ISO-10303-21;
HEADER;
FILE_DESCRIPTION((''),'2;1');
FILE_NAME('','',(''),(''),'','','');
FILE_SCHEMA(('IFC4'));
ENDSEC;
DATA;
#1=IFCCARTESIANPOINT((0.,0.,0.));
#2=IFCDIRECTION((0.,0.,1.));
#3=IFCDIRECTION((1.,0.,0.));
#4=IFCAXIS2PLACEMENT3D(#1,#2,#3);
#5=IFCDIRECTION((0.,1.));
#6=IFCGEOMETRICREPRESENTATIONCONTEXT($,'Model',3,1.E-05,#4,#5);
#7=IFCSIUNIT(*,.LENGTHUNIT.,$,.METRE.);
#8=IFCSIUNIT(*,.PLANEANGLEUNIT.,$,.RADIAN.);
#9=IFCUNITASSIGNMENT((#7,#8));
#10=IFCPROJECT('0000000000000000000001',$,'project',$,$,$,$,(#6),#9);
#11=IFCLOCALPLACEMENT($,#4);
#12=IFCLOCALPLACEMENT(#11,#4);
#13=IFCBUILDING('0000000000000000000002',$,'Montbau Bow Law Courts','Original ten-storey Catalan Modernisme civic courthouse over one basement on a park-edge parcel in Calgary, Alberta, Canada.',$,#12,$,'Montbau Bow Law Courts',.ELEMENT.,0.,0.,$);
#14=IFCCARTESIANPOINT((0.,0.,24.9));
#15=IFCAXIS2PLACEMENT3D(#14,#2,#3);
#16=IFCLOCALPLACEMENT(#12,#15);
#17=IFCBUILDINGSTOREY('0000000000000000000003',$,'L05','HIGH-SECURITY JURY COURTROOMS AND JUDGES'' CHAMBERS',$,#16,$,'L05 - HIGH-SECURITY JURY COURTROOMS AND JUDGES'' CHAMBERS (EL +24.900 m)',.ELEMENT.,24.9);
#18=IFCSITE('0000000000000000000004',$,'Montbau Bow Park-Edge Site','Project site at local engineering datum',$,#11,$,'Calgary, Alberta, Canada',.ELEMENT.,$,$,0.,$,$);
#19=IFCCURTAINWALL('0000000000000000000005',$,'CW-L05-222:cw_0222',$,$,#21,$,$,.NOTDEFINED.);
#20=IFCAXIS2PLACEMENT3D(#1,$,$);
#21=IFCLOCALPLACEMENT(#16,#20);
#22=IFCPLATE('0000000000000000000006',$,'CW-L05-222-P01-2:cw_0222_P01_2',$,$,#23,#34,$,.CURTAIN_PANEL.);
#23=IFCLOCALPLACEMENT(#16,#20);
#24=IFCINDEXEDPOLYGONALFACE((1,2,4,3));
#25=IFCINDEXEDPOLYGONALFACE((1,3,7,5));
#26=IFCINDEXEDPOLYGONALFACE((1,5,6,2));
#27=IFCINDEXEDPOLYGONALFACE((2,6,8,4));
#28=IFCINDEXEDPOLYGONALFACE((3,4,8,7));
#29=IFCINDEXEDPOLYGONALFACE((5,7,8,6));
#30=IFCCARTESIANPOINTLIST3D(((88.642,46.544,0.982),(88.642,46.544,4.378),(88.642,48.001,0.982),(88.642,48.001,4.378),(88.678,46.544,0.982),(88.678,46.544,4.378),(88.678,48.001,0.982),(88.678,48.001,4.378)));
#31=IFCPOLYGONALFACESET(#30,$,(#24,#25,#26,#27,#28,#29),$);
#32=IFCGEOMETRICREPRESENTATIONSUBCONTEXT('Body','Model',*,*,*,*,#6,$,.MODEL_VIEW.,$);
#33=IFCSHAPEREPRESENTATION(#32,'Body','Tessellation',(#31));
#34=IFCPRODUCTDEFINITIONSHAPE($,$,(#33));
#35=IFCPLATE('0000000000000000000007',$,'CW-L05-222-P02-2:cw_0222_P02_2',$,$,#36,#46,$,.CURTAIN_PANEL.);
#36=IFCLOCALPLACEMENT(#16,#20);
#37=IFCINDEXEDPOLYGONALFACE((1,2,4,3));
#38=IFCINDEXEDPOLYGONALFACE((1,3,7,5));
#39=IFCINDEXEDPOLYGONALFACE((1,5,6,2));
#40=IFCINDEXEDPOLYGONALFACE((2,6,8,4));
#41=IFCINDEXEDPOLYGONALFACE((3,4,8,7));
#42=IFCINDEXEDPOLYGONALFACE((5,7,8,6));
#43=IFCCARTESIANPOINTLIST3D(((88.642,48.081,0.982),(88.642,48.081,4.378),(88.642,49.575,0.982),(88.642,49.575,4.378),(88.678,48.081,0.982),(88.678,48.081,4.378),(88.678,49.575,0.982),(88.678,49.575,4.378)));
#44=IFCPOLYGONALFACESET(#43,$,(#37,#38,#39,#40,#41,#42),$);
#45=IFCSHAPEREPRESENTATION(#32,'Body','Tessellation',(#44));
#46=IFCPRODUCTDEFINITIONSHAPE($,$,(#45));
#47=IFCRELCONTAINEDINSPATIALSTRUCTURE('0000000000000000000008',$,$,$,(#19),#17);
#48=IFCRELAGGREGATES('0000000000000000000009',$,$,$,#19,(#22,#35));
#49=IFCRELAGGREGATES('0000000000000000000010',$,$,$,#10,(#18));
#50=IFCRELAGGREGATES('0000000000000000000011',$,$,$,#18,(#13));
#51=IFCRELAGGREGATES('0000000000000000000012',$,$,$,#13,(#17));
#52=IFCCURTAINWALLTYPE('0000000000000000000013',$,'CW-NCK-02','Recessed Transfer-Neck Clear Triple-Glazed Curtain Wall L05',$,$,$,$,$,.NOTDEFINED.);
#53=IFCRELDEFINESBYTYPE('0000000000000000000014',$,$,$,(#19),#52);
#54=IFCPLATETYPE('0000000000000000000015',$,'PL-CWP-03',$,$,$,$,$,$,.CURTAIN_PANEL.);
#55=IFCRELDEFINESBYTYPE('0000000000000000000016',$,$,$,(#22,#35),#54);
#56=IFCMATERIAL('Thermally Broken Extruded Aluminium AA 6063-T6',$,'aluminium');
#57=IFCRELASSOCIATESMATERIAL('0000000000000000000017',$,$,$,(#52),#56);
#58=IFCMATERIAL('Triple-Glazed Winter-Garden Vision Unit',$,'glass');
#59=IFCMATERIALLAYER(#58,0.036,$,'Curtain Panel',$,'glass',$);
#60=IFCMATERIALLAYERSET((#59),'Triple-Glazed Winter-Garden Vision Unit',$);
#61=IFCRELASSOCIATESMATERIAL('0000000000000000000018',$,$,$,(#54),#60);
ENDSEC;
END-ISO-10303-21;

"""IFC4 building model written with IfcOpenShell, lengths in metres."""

from ifc_helpers import new_model, si_unit, direction, frame, frame_2d, origin_with_axes, place, context, subcontext, project, spatial, rectangle, extrude, material, layer, layer_set, type_object, element, aggregate, save


model = new_model("IFC4")

# Units and contexts
model_context = context("Model", 3, precision=1e-05, world=origin_with_axes(), true_north=direction((0.0, 1.0)))
body_context = subcontext(model_context, "Body", "Model", "MODEL_VIEW")
ifc_project = project(units=[si_unit("LENGTHUNIT", "METRE"), si_unit("PLANEANGLEUNIT", "RADIAN")], contexts=[model_context])

# Site, building, storey
site_placement = place(None, origin_with_axes())
site = spatial("IfcSite", under=ifc_project, at=site_placement, Name="Montbau Bow Park-Edge Site", Description="Project site at local engineering datum", LongName="Calgary, Alberta, Canada", CompositionType="ELEMENT", RefElevation=0.0)
building_placement = place(site_placement, origin_with_axes())
building = spatial("IfcBuilding", under=site, at=building_placement, Name="Montbau Bow Law Courts", Description="Original ten-storey Catalan Modernisme civic courthouse over one basement on a park-edge parcel in Calgary, Alberta, Canada.", LongName="Montbau Bow Law Courts", CompositionType="ELEMENT", ElevationOfRefHeight=0.0, ElevationOfTerrain=0.0)
storey_placement = place(building_placement, frame((0.0, 0.0, 24.9), z_axis=(0.0, 0.0, 1.0), x_axis=(1.0, 0.0, 0.0)))
storey = spatial("IfcBuildingStorey", under=building, at=storey_placement, Name="L05", Description="HIGH-SECURITY JURY COURTROOMS AND JUDGES' CHAMBERS", LongName="L05 - HIGH-SECURITY JURY COURTROOMS AND JUDGES' CHAMBERS (EL +24.900 m)", CompositionType="ELEMENT", Elevation=24.9)

# Curtain wall
ifc_material_1 = material(Name="Thermally Broken Extruded Aluminium AA 6063-T6", Category="aluminium")
curtain_wall_type = type_object("IfcCurtainWallType", Name="CW-NCK-02", Description="Recessed Transfer-Neck Clear Triple-Glazed Curtain Wall L05", PredefinedType="NOTDEFINED", material=ifc_material_1)
curtain_wall_1_placement = place(None, frame((88.66, 46.468, 24.9), z_axis=(0.0, 0.0, 1.0), x_axis=(1.0, 0.0, 0.0)))
curtain_wall_1 = element("IfcCurtainWall", 1, at=curtain_wall_1_placement, inside=storey, type_object=curtain_wall_type, Name="CW-L05-222:cw_0222", PredefinedType="NOTDEFINED")

# Plates
ifc_material_2 = material(Name="Triple-Glazed Winter-Garden Vision Unit", Category="glass")
ifc_layer_1 = layer(ifc_material_2, 0.036, Name="Curtain Panel", Category="glass")
ifc_layer_set_1 = layer_set([ifc_layer_1], Name="Triple-Glazed Winter-Garden Vision Unit")
plate_type_1 = type_object("IfcPlateType", Name="PL-CWP-03", PredefinedType="CURTAIN_PANEL", material=ifc_layer_set_1)
plate_1_placement = place(None, frame((88.66, 46.544, 25.882), z_axis=(1.0, 0.0, 0.0), x_axis=(0.0, 1.0, 0.0)))
plate_1 = element("IfcPlate", 2, at=plate_1_placement, type_object=plate_type_1, Name="CW-L05-222-P01-2:cw_0222_P01_2", PredefinedType="CURTAIN_PANEL", context=body_context, shape_type="SweptSolid", body=[
    extrude(rectangle(XDim=1.457, YDim=3.396, at=frame_2d((0.7285, 1.698), x_axis=(1.0, 0.0))), frame((0.0, 0.0, -0.018), z_axis=(0.0, 0.0, 1.0), x_axis=(1.0, 0.0, 0.0)), (0.0, 0.0, 1.0), 0.036),
])
plate_2_placement = place(None, frame((88.66, 48.081, 25.882), z_axis=(1.0, 0.0, 0.0), x_axis=(0.0, 1.0, 0.0)))
plate_2 = element("IfcPlate", 3, at=plate_2_placement, type_object=plate_type_1, Name="CW-L05-222-P02-2:cw_0222_P02_2", PredefinedType="CURTAIN_PANEL", context=body_context, shape_type="SweptSolid", body=[
    extrude(rectangle(XDim=1.494, YDim=3.396, at=frame_2d((0.747, 1.698), x_axis=(1.0, 0.0))), frame((0.0, 0.0, -0.018), z_axis=(0.0, 0.0, 1.0), x_axis=(1.0, 0.0, 0.0)), (0.0, 0.0, 1.0), 0.036),
])
aggregate(curtain_wall_1, [plate_1, plate_2])

save(model, "model.ifc")
